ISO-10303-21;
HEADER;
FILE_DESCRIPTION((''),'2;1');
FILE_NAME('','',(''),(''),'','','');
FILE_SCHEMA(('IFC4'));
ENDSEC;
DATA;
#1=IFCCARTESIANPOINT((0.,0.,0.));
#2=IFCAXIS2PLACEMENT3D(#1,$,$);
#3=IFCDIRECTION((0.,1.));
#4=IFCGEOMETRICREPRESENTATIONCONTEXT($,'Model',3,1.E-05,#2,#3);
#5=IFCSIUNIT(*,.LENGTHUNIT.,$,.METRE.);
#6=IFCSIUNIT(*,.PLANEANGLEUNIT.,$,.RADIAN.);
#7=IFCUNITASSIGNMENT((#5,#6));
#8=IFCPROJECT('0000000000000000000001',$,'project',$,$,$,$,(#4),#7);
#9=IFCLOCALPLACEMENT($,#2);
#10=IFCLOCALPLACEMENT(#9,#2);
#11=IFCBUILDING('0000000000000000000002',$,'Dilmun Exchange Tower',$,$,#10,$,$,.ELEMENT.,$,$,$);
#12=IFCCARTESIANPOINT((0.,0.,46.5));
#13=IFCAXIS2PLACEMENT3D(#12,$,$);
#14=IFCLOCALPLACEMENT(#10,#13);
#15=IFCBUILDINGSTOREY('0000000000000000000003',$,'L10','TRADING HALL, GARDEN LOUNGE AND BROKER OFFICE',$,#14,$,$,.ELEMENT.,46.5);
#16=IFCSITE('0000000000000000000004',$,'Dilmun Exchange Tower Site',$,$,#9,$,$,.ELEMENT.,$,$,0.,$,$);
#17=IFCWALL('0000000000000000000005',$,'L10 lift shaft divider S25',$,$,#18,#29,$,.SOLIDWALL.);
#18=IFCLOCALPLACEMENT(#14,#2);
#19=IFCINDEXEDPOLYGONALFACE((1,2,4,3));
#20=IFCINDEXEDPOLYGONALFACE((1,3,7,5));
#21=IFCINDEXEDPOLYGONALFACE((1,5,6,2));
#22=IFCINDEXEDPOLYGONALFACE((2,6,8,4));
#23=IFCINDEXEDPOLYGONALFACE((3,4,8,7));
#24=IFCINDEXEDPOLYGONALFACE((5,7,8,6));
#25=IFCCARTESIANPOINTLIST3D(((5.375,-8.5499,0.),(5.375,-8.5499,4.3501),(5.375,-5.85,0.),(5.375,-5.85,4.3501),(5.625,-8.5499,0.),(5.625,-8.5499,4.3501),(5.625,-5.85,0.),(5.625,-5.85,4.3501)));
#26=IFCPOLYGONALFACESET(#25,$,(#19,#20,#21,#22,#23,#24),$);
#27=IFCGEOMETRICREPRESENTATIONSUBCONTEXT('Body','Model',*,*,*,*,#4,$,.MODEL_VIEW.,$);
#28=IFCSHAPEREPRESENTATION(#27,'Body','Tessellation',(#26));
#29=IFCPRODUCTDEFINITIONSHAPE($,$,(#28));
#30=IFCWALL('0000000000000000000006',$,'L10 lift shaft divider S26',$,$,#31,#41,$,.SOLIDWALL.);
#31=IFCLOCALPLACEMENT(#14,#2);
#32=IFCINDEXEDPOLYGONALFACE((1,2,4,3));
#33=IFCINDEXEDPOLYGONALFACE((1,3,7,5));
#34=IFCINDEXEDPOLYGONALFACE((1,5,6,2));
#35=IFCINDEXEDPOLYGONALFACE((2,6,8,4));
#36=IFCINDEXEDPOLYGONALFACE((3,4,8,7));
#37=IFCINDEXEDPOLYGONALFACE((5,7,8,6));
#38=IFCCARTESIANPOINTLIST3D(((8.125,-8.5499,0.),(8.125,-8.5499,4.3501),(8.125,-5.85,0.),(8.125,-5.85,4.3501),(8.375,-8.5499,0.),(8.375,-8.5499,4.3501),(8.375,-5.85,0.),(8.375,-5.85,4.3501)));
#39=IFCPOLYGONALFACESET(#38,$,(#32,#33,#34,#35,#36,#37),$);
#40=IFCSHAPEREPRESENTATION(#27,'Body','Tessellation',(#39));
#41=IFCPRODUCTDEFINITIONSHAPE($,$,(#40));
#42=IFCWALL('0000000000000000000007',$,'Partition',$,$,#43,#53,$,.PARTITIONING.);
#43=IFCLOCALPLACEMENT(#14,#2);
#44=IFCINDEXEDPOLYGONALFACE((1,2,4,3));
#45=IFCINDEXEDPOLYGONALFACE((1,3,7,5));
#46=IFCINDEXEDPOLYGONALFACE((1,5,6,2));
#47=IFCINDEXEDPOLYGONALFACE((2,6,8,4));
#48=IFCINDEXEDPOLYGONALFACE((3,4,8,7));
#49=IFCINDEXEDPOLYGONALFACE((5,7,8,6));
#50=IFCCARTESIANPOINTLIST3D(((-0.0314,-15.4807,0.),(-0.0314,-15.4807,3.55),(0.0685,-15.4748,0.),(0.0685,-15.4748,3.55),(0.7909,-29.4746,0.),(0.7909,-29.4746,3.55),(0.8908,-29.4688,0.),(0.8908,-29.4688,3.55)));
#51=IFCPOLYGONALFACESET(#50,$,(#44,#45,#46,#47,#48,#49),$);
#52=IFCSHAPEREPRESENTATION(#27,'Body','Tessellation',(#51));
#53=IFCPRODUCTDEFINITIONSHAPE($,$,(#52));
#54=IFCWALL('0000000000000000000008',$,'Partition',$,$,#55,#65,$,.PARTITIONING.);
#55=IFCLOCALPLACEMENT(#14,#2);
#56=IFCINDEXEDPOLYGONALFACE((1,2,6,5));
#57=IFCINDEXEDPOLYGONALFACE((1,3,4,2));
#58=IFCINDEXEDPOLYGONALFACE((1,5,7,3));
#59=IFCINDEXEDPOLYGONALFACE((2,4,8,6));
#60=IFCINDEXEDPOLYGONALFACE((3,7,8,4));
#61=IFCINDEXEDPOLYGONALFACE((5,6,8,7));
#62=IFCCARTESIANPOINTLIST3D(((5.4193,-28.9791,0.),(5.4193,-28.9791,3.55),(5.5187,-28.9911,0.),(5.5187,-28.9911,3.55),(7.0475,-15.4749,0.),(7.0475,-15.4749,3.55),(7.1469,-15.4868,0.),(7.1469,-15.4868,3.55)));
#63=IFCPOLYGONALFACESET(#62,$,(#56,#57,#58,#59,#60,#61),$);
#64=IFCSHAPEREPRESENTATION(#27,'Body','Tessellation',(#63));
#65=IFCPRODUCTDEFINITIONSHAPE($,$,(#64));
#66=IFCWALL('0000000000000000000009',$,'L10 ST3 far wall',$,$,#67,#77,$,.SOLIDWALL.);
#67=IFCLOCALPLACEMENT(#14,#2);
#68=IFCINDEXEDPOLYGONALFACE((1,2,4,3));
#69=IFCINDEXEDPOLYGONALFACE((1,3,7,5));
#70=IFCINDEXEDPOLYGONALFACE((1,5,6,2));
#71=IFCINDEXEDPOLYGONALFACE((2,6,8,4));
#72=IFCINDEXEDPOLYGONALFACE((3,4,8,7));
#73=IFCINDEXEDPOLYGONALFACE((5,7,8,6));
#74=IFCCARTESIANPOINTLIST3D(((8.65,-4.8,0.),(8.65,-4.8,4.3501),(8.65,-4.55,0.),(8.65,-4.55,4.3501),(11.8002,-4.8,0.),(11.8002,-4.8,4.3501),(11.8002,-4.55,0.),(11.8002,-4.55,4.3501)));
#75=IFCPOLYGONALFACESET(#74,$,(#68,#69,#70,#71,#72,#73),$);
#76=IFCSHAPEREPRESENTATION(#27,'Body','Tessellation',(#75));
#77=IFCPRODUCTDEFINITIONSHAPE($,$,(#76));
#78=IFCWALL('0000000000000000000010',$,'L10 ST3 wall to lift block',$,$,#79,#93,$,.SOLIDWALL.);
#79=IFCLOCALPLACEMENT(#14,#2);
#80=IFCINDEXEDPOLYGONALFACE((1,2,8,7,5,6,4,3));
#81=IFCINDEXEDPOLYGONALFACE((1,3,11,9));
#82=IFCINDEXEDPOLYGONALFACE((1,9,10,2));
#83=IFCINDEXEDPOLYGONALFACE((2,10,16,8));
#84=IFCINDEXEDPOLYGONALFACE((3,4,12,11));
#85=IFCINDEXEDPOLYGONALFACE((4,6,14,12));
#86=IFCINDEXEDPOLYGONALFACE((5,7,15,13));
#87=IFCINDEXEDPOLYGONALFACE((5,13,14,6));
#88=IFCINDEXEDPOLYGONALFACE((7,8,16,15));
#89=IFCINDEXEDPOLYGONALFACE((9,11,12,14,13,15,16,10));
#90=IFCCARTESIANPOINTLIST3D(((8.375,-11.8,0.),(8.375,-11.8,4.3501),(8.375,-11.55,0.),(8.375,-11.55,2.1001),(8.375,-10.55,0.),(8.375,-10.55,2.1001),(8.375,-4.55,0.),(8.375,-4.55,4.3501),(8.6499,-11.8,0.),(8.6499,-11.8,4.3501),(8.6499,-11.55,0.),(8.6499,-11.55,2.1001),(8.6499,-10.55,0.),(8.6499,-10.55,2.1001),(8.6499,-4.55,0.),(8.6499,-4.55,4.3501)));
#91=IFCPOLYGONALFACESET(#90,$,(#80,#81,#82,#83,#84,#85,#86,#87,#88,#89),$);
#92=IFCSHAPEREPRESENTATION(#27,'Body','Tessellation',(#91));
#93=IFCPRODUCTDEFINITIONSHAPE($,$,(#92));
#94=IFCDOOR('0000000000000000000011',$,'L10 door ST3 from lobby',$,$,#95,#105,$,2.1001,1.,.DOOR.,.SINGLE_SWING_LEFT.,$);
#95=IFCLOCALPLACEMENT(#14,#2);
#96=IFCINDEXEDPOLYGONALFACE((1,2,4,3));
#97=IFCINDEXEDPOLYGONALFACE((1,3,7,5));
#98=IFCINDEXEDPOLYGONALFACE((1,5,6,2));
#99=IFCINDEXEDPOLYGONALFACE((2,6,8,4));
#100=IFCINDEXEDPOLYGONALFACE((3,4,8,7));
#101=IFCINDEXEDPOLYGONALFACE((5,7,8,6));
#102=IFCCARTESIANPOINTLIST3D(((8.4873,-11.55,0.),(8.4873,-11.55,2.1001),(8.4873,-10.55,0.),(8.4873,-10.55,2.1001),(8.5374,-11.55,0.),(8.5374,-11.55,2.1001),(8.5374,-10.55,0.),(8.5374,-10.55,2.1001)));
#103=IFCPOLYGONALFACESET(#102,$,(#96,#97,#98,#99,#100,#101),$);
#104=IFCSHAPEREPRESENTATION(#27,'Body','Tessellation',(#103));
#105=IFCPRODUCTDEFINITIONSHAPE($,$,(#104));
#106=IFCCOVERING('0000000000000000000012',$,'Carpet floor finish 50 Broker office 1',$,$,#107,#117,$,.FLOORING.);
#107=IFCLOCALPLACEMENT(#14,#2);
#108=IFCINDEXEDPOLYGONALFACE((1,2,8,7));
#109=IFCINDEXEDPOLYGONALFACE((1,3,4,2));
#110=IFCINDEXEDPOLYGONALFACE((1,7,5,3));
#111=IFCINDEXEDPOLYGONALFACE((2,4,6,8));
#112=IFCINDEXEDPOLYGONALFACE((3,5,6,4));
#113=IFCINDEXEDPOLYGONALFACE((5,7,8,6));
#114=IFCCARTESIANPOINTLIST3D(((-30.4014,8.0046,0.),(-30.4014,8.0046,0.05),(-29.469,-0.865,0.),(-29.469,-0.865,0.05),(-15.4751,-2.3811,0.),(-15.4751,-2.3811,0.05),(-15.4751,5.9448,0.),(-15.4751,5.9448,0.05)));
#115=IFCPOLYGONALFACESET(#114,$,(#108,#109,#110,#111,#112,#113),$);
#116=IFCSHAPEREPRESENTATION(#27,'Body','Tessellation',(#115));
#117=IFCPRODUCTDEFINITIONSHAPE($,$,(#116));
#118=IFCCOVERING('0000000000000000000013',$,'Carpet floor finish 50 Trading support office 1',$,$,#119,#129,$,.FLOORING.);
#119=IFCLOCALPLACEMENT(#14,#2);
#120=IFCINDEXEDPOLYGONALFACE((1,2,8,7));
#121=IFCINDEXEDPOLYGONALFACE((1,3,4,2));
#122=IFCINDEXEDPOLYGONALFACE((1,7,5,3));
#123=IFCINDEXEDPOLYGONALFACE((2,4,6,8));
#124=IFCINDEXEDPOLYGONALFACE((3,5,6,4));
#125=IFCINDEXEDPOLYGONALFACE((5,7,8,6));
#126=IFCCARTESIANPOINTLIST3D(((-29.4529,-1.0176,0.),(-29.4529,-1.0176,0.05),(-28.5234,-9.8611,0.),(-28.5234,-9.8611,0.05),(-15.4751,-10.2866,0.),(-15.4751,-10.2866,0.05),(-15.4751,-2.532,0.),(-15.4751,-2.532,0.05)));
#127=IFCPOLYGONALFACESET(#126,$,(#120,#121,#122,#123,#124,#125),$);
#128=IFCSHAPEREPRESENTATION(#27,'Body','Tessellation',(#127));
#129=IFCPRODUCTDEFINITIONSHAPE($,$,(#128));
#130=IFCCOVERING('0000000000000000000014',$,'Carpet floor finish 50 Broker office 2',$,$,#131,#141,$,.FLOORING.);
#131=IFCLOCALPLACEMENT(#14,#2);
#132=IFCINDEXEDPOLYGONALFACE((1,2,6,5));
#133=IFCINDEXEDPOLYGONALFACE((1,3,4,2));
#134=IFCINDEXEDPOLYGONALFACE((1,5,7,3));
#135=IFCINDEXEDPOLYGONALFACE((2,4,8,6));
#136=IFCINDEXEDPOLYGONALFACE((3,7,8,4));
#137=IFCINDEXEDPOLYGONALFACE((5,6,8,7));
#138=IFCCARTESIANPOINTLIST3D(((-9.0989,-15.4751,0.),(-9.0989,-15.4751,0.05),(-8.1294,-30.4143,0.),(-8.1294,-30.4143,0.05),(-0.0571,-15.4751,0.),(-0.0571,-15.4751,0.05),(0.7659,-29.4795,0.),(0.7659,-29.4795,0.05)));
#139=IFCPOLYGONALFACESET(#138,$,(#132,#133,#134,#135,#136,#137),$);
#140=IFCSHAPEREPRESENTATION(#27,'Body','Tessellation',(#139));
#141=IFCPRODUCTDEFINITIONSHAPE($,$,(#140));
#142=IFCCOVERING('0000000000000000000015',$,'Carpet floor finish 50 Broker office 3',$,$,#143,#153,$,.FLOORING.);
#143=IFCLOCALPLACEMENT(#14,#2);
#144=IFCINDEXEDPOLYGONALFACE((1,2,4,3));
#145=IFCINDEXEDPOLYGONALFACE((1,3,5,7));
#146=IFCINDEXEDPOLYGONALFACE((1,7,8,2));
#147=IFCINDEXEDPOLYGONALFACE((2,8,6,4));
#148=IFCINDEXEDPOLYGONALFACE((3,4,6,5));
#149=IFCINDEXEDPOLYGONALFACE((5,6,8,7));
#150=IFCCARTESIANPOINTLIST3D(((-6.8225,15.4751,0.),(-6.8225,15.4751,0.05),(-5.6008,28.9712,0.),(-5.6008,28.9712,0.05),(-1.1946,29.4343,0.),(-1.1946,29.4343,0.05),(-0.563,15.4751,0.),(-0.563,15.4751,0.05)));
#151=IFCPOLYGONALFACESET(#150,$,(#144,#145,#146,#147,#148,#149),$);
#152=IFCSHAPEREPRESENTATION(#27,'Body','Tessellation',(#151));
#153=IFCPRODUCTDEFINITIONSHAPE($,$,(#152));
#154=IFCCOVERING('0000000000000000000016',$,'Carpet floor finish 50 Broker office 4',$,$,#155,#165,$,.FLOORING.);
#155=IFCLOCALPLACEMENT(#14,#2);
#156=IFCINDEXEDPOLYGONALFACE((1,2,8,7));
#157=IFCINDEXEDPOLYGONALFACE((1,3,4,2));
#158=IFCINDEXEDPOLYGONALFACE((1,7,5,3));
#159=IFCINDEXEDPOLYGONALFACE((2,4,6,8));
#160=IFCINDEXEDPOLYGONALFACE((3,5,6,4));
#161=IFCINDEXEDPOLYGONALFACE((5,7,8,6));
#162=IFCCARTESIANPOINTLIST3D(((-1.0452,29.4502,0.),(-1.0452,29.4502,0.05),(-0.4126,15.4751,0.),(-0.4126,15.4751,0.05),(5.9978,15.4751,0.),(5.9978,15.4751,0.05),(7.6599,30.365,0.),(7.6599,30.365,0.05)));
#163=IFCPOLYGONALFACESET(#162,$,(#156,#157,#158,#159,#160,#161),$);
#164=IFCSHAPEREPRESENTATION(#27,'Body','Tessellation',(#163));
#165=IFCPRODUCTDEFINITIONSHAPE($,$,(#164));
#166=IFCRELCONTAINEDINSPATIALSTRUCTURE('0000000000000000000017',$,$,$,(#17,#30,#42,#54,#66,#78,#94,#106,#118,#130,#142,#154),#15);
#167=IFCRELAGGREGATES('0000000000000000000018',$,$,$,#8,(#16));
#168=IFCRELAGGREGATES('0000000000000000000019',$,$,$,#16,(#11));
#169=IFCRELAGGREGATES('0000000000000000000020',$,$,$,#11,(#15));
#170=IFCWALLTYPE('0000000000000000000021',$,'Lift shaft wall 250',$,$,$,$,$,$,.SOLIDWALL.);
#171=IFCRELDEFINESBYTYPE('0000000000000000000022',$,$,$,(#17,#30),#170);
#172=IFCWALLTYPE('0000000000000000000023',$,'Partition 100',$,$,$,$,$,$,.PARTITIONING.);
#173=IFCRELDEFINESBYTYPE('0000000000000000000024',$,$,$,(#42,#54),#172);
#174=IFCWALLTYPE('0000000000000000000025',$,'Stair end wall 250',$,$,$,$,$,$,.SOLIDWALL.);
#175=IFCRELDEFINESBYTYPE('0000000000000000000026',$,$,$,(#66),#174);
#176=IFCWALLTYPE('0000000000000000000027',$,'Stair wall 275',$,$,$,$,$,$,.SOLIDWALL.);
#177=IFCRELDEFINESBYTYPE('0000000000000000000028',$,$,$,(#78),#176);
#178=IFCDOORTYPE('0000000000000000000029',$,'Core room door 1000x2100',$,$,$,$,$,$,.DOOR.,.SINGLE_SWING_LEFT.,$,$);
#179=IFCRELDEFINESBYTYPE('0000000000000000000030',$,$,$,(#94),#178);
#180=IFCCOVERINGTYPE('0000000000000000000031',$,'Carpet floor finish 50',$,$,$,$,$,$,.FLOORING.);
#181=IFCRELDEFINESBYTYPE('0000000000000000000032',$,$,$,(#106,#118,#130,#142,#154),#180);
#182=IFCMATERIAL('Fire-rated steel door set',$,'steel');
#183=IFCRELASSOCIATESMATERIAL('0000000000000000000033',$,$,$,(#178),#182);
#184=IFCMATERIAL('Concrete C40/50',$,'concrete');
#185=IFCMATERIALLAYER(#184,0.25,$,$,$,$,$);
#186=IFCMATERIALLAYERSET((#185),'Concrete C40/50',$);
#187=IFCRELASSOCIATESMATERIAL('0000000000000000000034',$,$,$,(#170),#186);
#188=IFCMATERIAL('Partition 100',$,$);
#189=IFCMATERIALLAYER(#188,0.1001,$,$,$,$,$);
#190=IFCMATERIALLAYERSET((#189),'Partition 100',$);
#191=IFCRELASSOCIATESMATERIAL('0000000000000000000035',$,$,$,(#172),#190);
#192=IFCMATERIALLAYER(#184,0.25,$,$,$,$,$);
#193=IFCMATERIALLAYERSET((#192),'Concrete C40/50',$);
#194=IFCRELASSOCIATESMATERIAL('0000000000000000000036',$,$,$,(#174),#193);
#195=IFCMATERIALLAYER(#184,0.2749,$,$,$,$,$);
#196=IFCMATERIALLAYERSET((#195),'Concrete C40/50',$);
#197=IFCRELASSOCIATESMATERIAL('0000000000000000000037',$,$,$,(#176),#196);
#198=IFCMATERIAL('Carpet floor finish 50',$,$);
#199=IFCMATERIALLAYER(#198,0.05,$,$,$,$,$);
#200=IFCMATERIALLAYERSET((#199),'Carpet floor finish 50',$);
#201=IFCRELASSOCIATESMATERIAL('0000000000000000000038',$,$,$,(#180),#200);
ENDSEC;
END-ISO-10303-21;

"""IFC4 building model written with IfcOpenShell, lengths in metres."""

from ifc_helpers import new_model, si_unit, direction, frame, frame_2d, origin, place, context, subcontext, project, spatial, polyline, rectangle, outline, extrude, material, layer, layer_set, type_object, element, fill, save


model = new_model("IFC4")

# Units and contexts
model_context = context("Model", 3, precision=1e-05, world=origin(), true_north=direction((0.0, 1.0)))
body_context = subcontext(model_context, "Body", "Model", "MODEL_VIEW")
ifc_project = project(units=[si_unit("LENGTHUNIT", "METRE"), si_unit("PLANEANGLEUNIT", "RADIAN")], contexts=[model_context])

# Site, building, storey
site_placement = place(None, origin())
site = spatial("IfcSite", under=ifc_project, at=site_placement, Name="Dilmun Exchange Tower Site", CompositionType="ELEMENT", RefElevation=0.0)
building_placement = place(site_placement, origin())
building = spatial("IfcBuilding", under=site, at=building_placement, Name="Dilmun Exchange Tower", CompositionType="ELEMENT")
storey_placement = place(building_placement, frame((0.0, 0.0, 46.5)))
storey = spatial("IfcBuildingStorey", under=building, at=storey_placement, Name="L10", Description="TRADING HALL, GARDEN LOUNGE AND BROKER OFFICE", CompositionType="ELEMENT", Elevation=46.5)

# Shared definitions
ifc_material_1 = material(Name="Concrete C40/50", Category="concrete")

# Shared definitions
ifc_material_2 = material(Name="Fire-rated steel door set", Category="steel")
door_type_1 = type_object("IfcDoorType", Name="Core room door 1000x2100", OperationType="SINGLE_SWING_LEFT", PredefinedType="DOOR", material=ifc_material_2)

# Walls
ifc_layer_1 = layer(ifc_material_1, 0.25)
ifc_layer_set_1 = layer_set([ifc_layer_1], Name="Concrete C40/50")
wall_type_1 = type_object("IfcWallType", Name="Lift shaft wall 250", PredefinedType="SOLIDWALL", material=ifc_layer_set_1)
for number, where, z_axis, x_axis, name in (
    (1, (5.5, -8.55, 0.0), (0.0, 0.0, 1.0), (0.0, 1.0, 0.0), "L10 lift shaft divider S25"),
    (2, (8.25, -8.55, 0.0), (0.0, 0.0, 1.0), (0.0, 1.0, 0.0), "L10 lift shaft divider S26"),
):
    element("IfcWall", number, at=place(storey_placement, frame(where, z_axis=z_axis, x_axis=x_axis)), inside=storey, type_object=wall_type_1, Name=name, PredefinedType="SOLIDWALL", context=body_context, shape_type="SweptSolid", body=[
        extrude(rectangle(XDim=2.7, YDim=0.25, at=frame_2d((1.3501, 0.0))), origin(), (0.0, 0.0, 1.0), 4.3501),
    ])
ifc_material_3 = material(Name="Partition 100")
ifc_layer_2 = layer(ifc_material_3, 0.1001)
ifc_layer_set_2 = layer_set([ifc_layer_2], Name="Partition 100")
wall_type_2 = type_object("IfcWallType", Name="Partition 100", PredefinedType="PARTITIONING", material=ifc_layer_set_2)
wall_1_placement = place(storey_placement, frame((0.0186, -15.4778, 0.0), z_axis=(0.0, 0.0, 1.0), x_axis=(0.058658, -0.998278, 0.0)))
element("IfcWall", 3, at=wall_1_placement, inside=storey, type_object=wall_type_2, Name="Partition", PredefinedType="PARTITIONING", context=body_context, shape_type="SweptSolid", body=[
    extrude(rectangle(XDim=14.0181, YDim=0.1001, at=frame_2d((7.009, 0.0))), origin(), (0.0, 0.0, 1.0), 3.55),
])
wall_2_placement = place(storey_placement, frame((5.469, -28.9851, 0.0), z_axis=(0.0, 0.0, 1.0), x_axis=(0.119702, 0.99281, 0.0)))
element("IfcWall", 4, at=wall_2_placement, inside=storey, type_object=wall_type_2, Name="Partition", PredefinedType="PARTITIONING", context=body_context, shape_type="SweptSolid", body=[
    extrude(rectangle(XDim=13.6021, YDim=0.1001, at=frame_2d((6.801, 0.0))), origin(), (0.0, 0.0, 1.0), 3.55),
])
ifc_layer_3 = layer(ifc_material_1, 0.25)
ifc_layer_set_3 = layer_set([ifc_layer_3], Name="Concrete C40/50")
wall_type_3 = type_object("IfcWallType", Name="Stair end wall 250", PredefinedType="SOLIDWALL", material=ifc_layer_set_3)
wall_3_placement = place(storey_placement, frame((8.6499, -4.675, 0.0), z_axis=(0.0, 0.0, 1.0), x_axis=(1.0, 0.0, 0.0)))
element("IfcWall", 5, at=wall_3_placement, inside=storey, type_object=wall_type_3, Name="L10 ST3 far wall", PredefinedType="SOLIDWALL", context=body_context, shape_type="SweptSolid", body=[
    extrude(rectangle(XDim=3.1501, YDim=0.25, at=frame_2d((1.5752, 0.0))), origin(), (0.0, 0.0, 1.0), 4.3501),
])

# Wall, opening, door
ifc_layer_4 = layer(ifc_material_1, 0.2749)
ifc_layer_set_4 = layer_set([ifc_layer_4], Name="Concrete C40/50")
wall_type_4 = type_object("IfcWallType", Name="Stair wall 275", PredefinedType="SOLIDWALL", material=ifc_layer_set_4)
wall_4_placement = place(storey_placement, frame((8.5125, -4.55, 0.0), z_axis=(0.0, 0.0, 1.0), x_axis=(0.0, -1.0, 0.0)))
wall_4 = element("IfcWall", 6, at=wall_4_placement, inside=storey, type_object=wall_type_4, Name="L10 ST3 wall to lift block", PredefinedType="SOLIDWALL", context=body_context, shape_type="SweptSolid", body=[
    extrude(rectangle(XDim=7.25, YDim=0.2749, at=frame_2d((3.625, 0.0))), origin(), (0.0, 0.0, 1.0), 4.3501),
])
opening_1_placement = place(wall_4_placement, frame((6.0, 0.0, 0.0)))
opening_1 = element("IfcOpeningElement", 7, at=opening_1_placement, cuts=wall_4, PredefinedType="OPENING", context=body_context, shape_type="SweptSolid", body=[
    extrude(rectangle(XDim=1.0, YDim=2.1001, at=frame_2d((0.5, 1.05))), frame((0.0, 0.1475, 0.0), z_axis=(0.0, -1.0, 0.0), x_axis=(1.0, 0.0, 0.0)), (0.0, 0.0, 1.0), 0.2949),
])
door_1_placement = place(opening_1_placement, origin())
door_1 = element("IfcDoor", 8, at=door_1_placement, inside=storey, type_object=door_type_1, Name="L10 door ST3 from lobby", OperationType="SINGLE_SWING_LEFT", OverallHeight=2.1001, OverallWidth=1.0, PredefinedType="DOOR", context=body_context, shape_type="SweptSolid", body=[
    extrude(rectangle(XDim=1.0, YDim=2.1001, at=frame_2d((0.5, 1.05))), frame((0.0, 0.0249, 0.0), z_axis=(0.0, -1.0, 0.0), x_axis=(1.0, 0.0, 0.0)), (0.0, 0.0, 1.0), 0.05),
])
fill(opening_1, door_1)

# Coverings
ifc_material_4 = material(Name="Carpet floor finish 50")
ifc_layer_5 = layer(ifc_material_4, 0.05)
ifc_layer_set_5 = layer_set([ifc_layer_5], Name="Carpet floor finish 50")
covering_type_1 = type_object("IfcCoveringType", Name="Carpet floor finish 50", PredefinedType="FLOORING", material=ifc_layer_set_5)
covering_1_placement = place(storey_placement, origin())
element("IfcCovering", 9, at=covering_1_placement, inside=storey, type_object=covering_type_1, Name="Carpet floor finish 50 Broker office 1", PredefinedType="FLOORING", context=body_context, shape_type="SweptSolid", body=[
    extrude(outline(polyline([(-15.4751, 5.9448), (-15.4751, -2.3811), (-29.469, -0.865), (-30.4014, 8.0046), (-15.4751, 5.9448)])), origin(), (0.0, 0.0, 1.0), 0.05),
])
covering_2_placement = place(storey_placement, origin())
element("IfcCovering", 10, at=covering_2_placement, inside=storey, type_object=covering_type_1, Name="Carpet floor finish 50 Trading support office 1", PredefinedType="FLOORING", context=body_context, shape_type="SweptSolid", body=[
    extrude(outline(polyline([(-15.4751, -2.532), (-15.4751, -10.2866), (-28.5234, -9.8611), (-29.4529, -1.0176), (-15.4751, -2.532)])), origin(), (0.0, 0.0, 1.0), 0.05),
])
covering_3_placement = place(storey_placement, origin())
element("IfcCovering", 11, at=covering_3_placement, inside=storey, type_object=covering_type_1, Name="Carpet floor finish 50 Broker office 2", PredefinedType="FLOORING", context=body_context, shape_type="SweptSolid", body=[
    extrude(outline(polyline([(-9.0989, -15.4751), (-0.0571, -15.4751), (0.7659, -29.4795), (-8.1294, -30.4143), (-9.0989, -15.4751)])), origin(), (0.0, 0.0, 1.0), 0.05),
])
covering_4_placement = place(storey_placement, origin())
element("IfcCovering", 12, at=covering_4_placement, inside=storey, type_object=covering_type_1, Name="Carpet floor finish 50 Broker office 3", PredefinedType="FLOORING", context=body_context, shape_type="SweptSolid", body=[
    extrude(outline(polyline([(-0.563, 15.4751), (-6.8225, 15.4751), (-5.6008, 28.9712), (-1.1946, 29.4343), (-0.563, 15.4751)])), origin(), (0.0, 0.0, 1.0), 0.05),
])
covering_5_placement = place(storey_placement, origin())
element("IfcCovering", 13, at=covering_5_placement, inside=storey, type_object=covering_type_1, Name="Carpet floor finish 50 Broker office 4", PredefinedType="FLOORING", context=body_context, shape_type="SweptSolid", body=[
    extrude(outline(polyline([(5.9978, 15.4751), (-0.4126, 15.4751), (-1.0452, 29.4502), (7.6599, 30.365), (5.9978, 15.4751)])), origin(), (0.0, 0.0, 1.0), 0.05),
])

save(model, "model.ifc")
